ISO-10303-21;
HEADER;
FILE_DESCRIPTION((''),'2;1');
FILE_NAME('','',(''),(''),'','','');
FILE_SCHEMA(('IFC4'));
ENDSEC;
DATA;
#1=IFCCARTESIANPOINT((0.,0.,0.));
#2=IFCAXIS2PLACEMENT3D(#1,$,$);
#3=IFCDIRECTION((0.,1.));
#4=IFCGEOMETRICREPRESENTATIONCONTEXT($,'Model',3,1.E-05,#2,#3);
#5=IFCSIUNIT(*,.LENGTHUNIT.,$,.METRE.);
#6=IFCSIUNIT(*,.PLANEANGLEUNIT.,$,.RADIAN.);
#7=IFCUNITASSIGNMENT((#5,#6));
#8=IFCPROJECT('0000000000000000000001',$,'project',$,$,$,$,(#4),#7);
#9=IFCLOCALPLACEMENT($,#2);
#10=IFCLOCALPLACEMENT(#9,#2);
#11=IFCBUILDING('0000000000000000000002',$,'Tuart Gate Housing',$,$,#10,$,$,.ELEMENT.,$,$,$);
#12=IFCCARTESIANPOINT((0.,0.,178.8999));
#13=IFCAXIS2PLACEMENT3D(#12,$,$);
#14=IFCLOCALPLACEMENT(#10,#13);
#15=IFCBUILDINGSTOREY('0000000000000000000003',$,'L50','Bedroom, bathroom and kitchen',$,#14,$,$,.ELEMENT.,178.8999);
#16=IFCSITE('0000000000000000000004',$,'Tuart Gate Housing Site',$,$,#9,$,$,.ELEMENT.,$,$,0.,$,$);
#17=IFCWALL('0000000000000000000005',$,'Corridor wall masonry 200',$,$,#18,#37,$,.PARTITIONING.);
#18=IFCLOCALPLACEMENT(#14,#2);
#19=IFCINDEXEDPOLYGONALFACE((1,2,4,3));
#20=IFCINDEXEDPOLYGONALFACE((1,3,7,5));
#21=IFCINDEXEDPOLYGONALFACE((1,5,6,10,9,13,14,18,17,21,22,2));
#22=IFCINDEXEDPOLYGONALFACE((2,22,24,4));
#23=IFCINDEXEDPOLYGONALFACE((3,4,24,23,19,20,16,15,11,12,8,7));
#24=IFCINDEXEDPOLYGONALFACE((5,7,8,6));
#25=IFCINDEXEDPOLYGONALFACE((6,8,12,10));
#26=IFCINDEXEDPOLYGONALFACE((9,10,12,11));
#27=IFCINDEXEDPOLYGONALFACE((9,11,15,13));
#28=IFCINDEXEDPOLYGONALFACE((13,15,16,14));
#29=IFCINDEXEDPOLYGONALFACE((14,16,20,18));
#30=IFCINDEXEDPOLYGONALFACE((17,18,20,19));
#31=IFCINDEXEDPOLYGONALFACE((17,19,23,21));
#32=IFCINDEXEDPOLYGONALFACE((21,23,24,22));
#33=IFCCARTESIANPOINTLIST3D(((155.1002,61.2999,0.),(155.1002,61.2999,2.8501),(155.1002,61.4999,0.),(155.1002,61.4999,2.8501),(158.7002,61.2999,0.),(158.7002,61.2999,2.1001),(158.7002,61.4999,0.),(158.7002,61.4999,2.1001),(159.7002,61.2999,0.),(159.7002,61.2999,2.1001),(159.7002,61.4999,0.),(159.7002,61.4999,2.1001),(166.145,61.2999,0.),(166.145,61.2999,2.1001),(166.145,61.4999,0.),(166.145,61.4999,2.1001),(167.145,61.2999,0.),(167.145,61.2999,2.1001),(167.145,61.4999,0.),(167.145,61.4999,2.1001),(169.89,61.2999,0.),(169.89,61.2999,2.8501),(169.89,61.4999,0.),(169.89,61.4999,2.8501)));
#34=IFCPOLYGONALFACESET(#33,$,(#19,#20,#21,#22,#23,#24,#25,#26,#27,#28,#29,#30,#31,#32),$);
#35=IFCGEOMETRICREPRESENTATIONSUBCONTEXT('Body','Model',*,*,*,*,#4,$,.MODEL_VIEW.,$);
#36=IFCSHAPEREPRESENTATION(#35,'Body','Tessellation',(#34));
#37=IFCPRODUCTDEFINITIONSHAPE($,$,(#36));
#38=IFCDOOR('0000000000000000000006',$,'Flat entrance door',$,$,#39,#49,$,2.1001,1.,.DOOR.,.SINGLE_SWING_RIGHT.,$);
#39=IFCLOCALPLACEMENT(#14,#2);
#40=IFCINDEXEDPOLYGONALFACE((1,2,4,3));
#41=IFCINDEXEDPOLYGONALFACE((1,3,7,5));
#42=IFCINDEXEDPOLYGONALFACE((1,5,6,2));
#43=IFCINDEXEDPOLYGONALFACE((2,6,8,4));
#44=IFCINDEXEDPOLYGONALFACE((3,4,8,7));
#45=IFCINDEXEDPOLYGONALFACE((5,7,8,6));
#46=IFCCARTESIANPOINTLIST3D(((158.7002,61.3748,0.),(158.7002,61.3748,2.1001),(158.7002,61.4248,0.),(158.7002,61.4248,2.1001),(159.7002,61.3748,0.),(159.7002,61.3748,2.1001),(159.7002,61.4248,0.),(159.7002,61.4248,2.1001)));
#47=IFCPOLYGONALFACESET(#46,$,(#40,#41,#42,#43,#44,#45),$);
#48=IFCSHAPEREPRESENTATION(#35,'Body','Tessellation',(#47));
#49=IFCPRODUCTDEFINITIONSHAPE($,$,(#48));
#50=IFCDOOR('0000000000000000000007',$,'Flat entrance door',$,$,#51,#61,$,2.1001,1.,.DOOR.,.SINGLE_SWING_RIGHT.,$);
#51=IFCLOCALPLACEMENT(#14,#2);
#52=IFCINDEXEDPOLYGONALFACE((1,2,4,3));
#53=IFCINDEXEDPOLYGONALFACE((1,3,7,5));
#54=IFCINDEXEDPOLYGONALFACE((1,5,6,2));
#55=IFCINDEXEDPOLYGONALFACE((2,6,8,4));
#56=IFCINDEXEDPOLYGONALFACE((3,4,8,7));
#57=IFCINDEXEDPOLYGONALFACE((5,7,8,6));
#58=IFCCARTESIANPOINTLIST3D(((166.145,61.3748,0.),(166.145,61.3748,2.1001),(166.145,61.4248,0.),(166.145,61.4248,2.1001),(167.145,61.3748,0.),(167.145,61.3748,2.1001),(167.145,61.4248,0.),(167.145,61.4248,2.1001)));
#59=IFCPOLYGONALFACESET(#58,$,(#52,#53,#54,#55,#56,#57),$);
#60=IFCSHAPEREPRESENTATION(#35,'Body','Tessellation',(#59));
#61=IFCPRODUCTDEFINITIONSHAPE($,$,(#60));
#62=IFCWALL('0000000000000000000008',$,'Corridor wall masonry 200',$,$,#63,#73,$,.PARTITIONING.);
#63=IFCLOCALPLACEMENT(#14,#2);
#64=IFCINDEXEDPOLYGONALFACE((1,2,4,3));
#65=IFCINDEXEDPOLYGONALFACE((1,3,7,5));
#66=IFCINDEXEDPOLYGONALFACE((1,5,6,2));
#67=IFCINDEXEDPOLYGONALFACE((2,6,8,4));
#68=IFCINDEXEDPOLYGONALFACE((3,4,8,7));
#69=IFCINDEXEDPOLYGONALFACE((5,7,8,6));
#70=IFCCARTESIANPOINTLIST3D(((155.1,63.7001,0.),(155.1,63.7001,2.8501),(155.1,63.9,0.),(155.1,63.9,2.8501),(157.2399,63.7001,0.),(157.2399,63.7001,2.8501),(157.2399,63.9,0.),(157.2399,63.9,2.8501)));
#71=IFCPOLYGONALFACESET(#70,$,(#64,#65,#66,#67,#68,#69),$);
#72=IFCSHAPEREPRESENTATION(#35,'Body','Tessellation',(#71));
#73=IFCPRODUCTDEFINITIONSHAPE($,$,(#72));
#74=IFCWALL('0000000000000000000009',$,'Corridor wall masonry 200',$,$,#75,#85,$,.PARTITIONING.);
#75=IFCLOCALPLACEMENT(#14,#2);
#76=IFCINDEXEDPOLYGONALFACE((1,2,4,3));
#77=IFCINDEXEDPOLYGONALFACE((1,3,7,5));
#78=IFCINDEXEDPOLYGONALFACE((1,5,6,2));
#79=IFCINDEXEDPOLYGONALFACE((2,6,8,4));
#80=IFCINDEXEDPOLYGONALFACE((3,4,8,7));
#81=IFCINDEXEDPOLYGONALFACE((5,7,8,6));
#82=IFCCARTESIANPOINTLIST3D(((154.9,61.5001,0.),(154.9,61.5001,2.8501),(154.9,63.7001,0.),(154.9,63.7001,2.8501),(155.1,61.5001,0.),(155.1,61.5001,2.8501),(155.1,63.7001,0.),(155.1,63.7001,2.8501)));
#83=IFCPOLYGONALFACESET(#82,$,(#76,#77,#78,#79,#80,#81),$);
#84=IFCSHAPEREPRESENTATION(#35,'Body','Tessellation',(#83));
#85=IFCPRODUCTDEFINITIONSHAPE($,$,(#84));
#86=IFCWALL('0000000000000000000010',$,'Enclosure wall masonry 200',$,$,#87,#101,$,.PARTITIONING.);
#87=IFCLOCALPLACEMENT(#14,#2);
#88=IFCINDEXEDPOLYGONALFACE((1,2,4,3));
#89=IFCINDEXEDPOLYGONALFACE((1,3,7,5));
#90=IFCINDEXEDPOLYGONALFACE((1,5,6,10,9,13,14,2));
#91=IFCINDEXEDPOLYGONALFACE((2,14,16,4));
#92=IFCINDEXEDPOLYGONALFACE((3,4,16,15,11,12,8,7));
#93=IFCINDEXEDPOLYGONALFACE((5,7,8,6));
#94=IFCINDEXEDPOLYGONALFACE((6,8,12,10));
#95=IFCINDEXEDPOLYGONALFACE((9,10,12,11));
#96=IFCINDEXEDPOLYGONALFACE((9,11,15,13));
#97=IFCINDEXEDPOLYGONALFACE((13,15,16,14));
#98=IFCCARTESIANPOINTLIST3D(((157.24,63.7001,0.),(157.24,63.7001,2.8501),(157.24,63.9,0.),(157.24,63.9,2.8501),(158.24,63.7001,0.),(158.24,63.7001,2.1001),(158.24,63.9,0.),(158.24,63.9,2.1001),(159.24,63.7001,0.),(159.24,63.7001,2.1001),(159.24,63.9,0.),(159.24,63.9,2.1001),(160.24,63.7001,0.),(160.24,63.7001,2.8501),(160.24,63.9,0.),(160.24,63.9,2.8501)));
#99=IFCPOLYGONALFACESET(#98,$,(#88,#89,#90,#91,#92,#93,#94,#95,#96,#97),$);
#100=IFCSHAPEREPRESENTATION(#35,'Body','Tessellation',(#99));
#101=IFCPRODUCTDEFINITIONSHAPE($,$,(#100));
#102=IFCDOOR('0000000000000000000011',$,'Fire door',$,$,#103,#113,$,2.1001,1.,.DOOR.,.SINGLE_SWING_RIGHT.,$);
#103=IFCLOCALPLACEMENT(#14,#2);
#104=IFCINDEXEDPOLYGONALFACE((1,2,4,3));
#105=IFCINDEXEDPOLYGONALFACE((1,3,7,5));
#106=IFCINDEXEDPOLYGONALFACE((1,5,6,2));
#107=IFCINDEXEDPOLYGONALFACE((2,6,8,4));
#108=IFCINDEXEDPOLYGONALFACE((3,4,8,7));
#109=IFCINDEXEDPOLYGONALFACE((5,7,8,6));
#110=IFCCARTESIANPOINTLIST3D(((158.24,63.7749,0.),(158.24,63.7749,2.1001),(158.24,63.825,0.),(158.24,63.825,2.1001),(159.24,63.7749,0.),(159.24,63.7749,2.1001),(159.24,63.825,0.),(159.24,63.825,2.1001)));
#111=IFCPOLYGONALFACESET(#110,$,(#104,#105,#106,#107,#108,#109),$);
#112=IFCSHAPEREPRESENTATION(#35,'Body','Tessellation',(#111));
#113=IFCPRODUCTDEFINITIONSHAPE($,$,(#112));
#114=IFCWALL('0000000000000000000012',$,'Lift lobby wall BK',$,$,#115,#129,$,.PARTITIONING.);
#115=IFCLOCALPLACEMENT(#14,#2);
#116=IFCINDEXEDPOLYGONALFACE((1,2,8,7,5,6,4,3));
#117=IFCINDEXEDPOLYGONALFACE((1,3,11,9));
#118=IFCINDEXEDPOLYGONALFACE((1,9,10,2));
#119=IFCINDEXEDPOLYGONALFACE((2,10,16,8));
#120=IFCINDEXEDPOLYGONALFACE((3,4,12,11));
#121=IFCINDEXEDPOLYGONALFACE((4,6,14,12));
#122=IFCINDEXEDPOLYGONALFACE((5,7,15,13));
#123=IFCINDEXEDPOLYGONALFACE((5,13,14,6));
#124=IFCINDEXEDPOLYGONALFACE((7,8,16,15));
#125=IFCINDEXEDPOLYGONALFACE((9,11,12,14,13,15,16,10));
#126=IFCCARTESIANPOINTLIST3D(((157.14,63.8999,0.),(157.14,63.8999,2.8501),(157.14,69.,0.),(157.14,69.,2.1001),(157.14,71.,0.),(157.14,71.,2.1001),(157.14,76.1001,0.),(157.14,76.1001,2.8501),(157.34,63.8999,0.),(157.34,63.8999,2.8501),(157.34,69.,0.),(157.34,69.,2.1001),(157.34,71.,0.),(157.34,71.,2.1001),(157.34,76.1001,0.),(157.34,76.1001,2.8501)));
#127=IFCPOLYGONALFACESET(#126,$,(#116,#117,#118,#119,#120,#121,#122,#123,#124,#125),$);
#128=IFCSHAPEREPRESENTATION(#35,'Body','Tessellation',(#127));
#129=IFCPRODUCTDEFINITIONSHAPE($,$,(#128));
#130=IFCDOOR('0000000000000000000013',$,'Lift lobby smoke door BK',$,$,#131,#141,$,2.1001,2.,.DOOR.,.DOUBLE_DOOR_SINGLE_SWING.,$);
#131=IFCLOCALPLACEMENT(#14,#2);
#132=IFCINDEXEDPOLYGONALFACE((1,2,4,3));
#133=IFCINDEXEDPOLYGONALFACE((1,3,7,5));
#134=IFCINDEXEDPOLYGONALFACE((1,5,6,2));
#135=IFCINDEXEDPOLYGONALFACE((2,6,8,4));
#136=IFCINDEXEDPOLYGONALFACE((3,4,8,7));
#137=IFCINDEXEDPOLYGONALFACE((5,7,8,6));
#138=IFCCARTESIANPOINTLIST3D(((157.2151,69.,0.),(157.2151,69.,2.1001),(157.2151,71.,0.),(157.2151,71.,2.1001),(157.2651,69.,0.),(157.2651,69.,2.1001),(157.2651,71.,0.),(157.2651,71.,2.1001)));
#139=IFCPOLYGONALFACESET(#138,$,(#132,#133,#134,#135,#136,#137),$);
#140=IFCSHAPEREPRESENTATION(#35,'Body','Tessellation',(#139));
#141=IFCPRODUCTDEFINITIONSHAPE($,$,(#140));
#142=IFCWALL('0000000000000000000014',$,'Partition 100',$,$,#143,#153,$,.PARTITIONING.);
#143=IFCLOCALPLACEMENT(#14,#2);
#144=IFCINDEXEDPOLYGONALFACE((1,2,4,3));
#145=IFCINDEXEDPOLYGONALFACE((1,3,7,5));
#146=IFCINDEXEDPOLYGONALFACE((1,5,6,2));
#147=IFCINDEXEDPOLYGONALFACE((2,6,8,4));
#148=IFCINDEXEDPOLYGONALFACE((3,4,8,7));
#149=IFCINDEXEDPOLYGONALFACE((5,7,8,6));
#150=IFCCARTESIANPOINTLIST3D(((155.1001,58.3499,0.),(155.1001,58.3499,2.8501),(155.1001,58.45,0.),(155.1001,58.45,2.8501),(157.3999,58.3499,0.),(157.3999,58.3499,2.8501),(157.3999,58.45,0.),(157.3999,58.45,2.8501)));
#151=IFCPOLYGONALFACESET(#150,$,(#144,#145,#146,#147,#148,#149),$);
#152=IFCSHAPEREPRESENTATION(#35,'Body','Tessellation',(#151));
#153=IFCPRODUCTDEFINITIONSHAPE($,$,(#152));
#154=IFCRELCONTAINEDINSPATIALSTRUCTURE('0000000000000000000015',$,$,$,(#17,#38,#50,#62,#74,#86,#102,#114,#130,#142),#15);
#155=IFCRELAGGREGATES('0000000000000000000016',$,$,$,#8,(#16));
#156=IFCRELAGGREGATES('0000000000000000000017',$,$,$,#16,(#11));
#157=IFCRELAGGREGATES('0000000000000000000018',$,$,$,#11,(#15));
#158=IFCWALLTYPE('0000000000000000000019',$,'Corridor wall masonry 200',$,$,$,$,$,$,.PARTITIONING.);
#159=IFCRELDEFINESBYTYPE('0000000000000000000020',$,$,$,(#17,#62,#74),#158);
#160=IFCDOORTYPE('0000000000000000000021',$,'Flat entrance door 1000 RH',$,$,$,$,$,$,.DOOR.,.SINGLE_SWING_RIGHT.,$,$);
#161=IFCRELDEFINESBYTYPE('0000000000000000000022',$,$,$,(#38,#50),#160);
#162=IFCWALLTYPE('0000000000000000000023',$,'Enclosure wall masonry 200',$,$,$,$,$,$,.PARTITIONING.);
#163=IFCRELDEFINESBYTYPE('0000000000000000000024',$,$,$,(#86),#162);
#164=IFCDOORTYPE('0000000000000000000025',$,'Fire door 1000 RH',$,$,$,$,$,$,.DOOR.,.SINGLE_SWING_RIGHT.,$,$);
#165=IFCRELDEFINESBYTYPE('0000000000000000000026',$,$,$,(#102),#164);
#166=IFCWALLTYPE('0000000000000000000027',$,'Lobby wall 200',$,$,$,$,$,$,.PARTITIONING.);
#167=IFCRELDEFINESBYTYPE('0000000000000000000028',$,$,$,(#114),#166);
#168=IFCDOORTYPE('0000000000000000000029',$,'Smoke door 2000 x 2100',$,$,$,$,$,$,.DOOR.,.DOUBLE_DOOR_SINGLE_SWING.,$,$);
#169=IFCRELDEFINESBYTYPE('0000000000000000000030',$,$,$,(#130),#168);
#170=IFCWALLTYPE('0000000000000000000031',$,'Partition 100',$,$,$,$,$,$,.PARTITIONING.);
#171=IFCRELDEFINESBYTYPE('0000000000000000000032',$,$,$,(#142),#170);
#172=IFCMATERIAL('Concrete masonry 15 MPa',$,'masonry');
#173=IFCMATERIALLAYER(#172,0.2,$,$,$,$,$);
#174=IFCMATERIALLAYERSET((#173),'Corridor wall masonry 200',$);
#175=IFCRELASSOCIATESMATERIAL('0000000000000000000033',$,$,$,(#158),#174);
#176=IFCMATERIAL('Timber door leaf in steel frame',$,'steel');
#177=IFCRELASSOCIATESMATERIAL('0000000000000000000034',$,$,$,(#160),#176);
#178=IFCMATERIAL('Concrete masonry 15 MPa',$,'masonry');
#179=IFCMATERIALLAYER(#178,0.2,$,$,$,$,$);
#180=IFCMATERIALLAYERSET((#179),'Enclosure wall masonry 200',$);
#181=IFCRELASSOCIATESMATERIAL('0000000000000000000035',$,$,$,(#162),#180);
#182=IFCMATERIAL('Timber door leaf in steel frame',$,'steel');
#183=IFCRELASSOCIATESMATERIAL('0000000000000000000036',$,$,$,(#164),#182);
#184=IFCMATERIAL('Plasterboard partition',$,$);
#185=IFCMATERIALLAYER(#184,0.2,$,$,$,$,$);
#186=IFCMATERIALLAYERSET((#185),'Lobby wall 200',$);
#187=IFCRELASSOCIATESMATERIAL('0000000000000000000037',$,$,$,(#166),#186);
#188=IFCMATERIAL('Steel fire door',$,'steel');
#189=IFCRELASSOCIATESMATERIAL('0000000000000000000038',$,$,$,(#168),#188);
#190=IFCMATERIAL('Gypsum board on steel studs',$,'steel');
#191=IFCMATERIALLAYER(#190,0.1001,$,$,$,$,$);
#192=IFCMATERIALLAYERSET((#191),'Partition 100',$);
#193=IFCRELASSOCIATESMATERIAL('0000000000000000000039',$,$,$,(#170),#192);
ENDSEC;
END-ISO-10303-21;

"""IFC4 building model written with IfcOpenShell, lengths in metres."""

from ifc_helpers import new_model, si_unit, direction, frame, frame_2d, origin, place, context, subcontext, project, spatial, rectangle, extrude, material, layer, layer_set, type_object, element, fill, save


model = new_model("IFC4")

# Units and contexts
model_context = context("Model", 3, precision=1e-05, world=origin(), true_north=direction((0.0, 1.0)))
body_context = subcontext(model_context, "Body", "Model", "MODEL_VIEW")
ifc_project = project(units=[si_unit("LENGTHUNIT", "METRE"), si_unit("PLANEANGLEUNIT", "RADIAN")], contexts=[model_context])

# Site, building, storey
site_placement = place(None, origin())
site = spatial("IfcSite", under=ifc_project, at=site_placement, Name="Tuart Gate Housing Site", CompositionType="ELEMENT", RefElevation=0.0)
building_placement = place(site_placement, origin())
building = spatial("IfcBuilding", under=site, at=building_placement, Name="Tuart Gate Housing", CompositionType="ELEMENT")
storey_placement = place(building_placement, frame((0.0, 0.0, 178.8999)))
storey = spatial("IfcBuildingStorey", under=building, at=storey_placement, Name="L50", Description="Bedroom, bathroom and kitchen", CompositionType="ELEMENT", Elevation=178.8999)

# Wall, openings, doors
ifc_material_1 = material(Name="Concrete masonry 15 MPa", Category="masonry")
ifc_layer_1 = layer(ifc_material_1, 0.2)
ifc_layer_set_1 = layer_set([ifc_layer_1], Name="Corridor wall masonry 200")
wall_type_1 = type_object("IfcWallType", Name="Corridor wall masonry 200", PredefinedType="PARTITIONING", material=ifc_layer_set_1)
wall_1_placement = place(storey_placement, frame((155.1001, 61.3999, 0.0), z_axis=(0.0, 0.0, 1.0), x_axis=(1.0, 0.0, 0.0)))
wall_1 = element("IfcWall", 1, at=wall_1_placement, inside=storey, type_object=wall_type_1, Name="Corridor wall masonry 200", PredefinedType="PARTITIONING", context=body_context, shape_type="SweptSolid", body=[
    extrude(rectangle(XDim=14.7898, YDim=0.2, at=frame_2d((7.395, 0.0))), origin(), (0.0, 0.0, 1.0), 2.8501),
])
opening_1_placement = place(wall_1_placement, frame((3.6001, 0.0, 0.0)))
opening_1 = element("IfcOpeningElement", 2, at=opening_1_placement, cuts=wall_1, PredefinedType="OPENING", context=body_context, shape_type="SweptSolid", body=[
    extrude(rectangle(XDim=1.0, YDim=2.1001, at=frame_2d((0.5, 1.05))), frame((0.0, 0.1099, 0.0), z_axis=(0.0, -1.0, 0.0), x_axis=(1.0, 0.0, 0.0)), (0.0, 0.0, 1.0), 0.22),
])
opening_2_placement = place(wall_1_placement, frame((11.0449, 0.0, 0.0)))
opening_2 = element("IfcOpeningElement", 3, at=opening_2_placement, cuts=wall_1, PredefinedType="OPENING", context=body_context, shape_type="SweptSolid", body=[
    extrude(rectangle(XDim=1.0, YDim=2.1001, at=frame_2d((0.5, 1.05))), frame((0.0, 0.1099, 0.0), z_axis=(0.0, -1.0, 0.0), x_axis=(1.0, 0.0, 0.0)), (0.0, 0.0, 1.0), 0.22),
])
ifc_material_2 = material(Name="Timber door leaf in steel frame", Category="steel")
door_type_1 = type_object("IfcDoorType", Name="Flat entrance door 1000 RH", OperationType="SINGLE_SWING_RIGHT", PredefinedType="DOOR", material=ifc_material_2)
door_1_placement = place(opening_1_placement, frame((1.0, 0.0, 0.0), z_axis=(0.0, 0.0, 1.0), x_axis=(-1.0, 0.0, 0.0)))
door_1 = element("IfcDoor", 4, at=door_1_placement, inside=storey, type_object=door_type_1, Name="Flat entrance door", OperationType="SINGLE_SWING_RIGHT", OverallHeight=2.1001, OverallWidth=1.0, PredefinedType="DOOR", context=body_context, shape_type="SweptSolid", body=[
    extrude(rectangle(XDim=1.0, YDim=2.1001, at=frame_2d((0.5, 1.05))), frame((0.0, 0.0251, 0.0), z_axis=(0.0, -1.0, 0.0), x_axis=(1.0, 0.0, 0.0)), (0.0, 0.0, 1.0), 0.05),
])
fill(opening_1, door_1)
door_2_placement = place(opening_2_placement, frame((1.0, 0.0, 0.0), z_axis=(0.0, 0.0, 1.0), x_axis=(-1.0, 0.0, 0.0)))
door_2 = element("IfcDoor", 5, at=door_2_placement, inside=storey, type_object=door_type_1, Name="Flat entrance door", OperationType="SINGLE_SWING_RIGHT", OverallHeight=2.1001, OverallWidth=1.0, PredefinedType="DOOR", context=body_context, shape_type="SweptSolid", body=[
    extrude(rectangle(XDim=1.0, YDim=2.1001, at=frame_2d((0.5, 1.05))), frame((0.0, 0.0251, 0.0), z_axis=(0.0, -1.0, 0.0), x_axis=(1.0, 0.0, 0.0)), (0.0, 0.0, 1.0), 0.05),
])
fill(opening_2, door_2)

# Walls
wall_2_placement = place(storey_placement, frame((155.1001, 63.8, 0.0), z_axis=(0.0, 0.0, 1.0), x_axis=(1.0, 0.0, 0.0)))
element("IfcWall", 6, at=wall_2_placement, inside=storey, type_object=wall_type_1, Name="Corridor wall masonry 200", PredefinedType="PARTITIONING", context=body_context, shape_type="SweptSolid", body=[
    extrude(rectangle(XDim=2.1399, YDim=0.2, at=frame_2d((1.0698, 0.0))), origin(), (0.0, 0.0, 1.0), 2.8501),
])
wall_3_placement = place(storey_placement, frame((155.0, 61.5, 0.0), z_axis=(0.0, 0.0, 1.0), x_axis=(0.0, 1.0, 0.0)))
element("IfcWall", 7, at=wall_3_placement, inside=storey, type_object=wall_type_1, Name="Corridor wall masonry 200", PredefinedType="PARTITIONING", context=body_context, shape_type="SweptSolid", body=[
    extrude(rectangle(XDim=2.2, YDim=0.2, at=frame_2d((1.1001, 0.0))), origin(), (0.0, 0.0, 1.0), 2.8501),
])

# Walls, openings, doors
ifc_material_3 = material(Name="Concrete masonry 15 MPa", Category="masonry")
ifc_layer_2 = layer(ifc_material_3, 0.2)
ifc_layer_set_2 = layer_set([ifc_layer_2], Name="Enclosure wall masonry 200")
wall_type_2 = type_object("IfcWallType", Name="Enclosure wall masonry 200", PredefinedType="PARTITIONING", material=ifc_layer_set_2)
wall_4_placement = place(storey_placement, frame((157.24, 63.8, 0.0), z_axis=(0.0, 0.0, 1.0), x_axis=(1.0, 0.0, 0.0)))
wall_4 = element("IfcWall", 8, at=wall_4_placement, inside=storey, type_object=wall_type_2, Name="Enclosure wall masonry 200", PredefinedType="PARTITIONING", context=body_context, shape_type="SweptSolid", body=[
    extrude(rectangle(XDim=3.0, YDim=0.2, at=frame_2d((1.5, 0.0))), origin(), (0.0, 0.0, 1.0), 2.8501),
])
opening_3_placement = place(wall_4_placement, frame((1.0, 0.0, 0.0)))
opening_3 = element("IfcOpeningElement", 9, at=opening_3_placement, cuts=wall_4, PredefinedType="OPENING", context=body_context, shape_type="SweptSolid", body=[
    extrude(rectangle(XDim=1.0, YDim=2.1001, at=frame_2d((0.5, 1.05))), frame((0.0, 0.1099, 0.0), z_axis=(0.0, -1.0, 0.0), x_axis=(1.0, 0.0, 0.0)), (0.0, 0.0, 1.0), 0.22),
])
ifc_material_4 = material(Name="Timber door leaf in steel frame", Category="steel")
door_type_2 = type_object("IfcDoorType", Name="Fire door 1000 RH", OperationType="SINGLE_SWING_RIGHT", PredefinedType="DOOR", material=ifc_material_4)
door_3_placement = place(opening_3_placement, frame((1.0, 0.0, 0.0), z_axis=(0.0, 0.0, 1.0), x_axis=(-1.0, 0.0, 0.0)))
door_3 = element("IfcDoor", 10, at=door_3_placement, inside=storey, type_object=door_type_2, Name="Fire door", OperationType="SINGLE_SWING_RIGHT", OverallHeight=2.1001, OverallWidth=1.0, PredefinedType="DOOR", context=body_context, shape_type="SweptSolid", body=[
    extrude(rectangle(XDim=1.0, YDim=2.1001, at=frame_2d((0.5, 1.05))), frame((0.0, 0.0251, 0.0), z_axis=(0.0, -1.0, 0.0), x_axis=(1.0, 0.0, 0.0)), (0.0, 0.0, 1.0), 0.05),
])
fill(opening_3, door_3)
ifc_material_5 = material(Name="Plasterboard partition")
ifc_layer_3 = layer(ifc_material_5, 0.2)
ifc_layer_set_3 = layer_set([ifc_layer_3], Name="Lobby wall 200")
wall_type_3 = type_object("IfcWallType", Name="Lobby wall 200", PredefinedType="PARTITIONING", material=ifc_layer_set_3)
wall_5_placement = place(storey_placement, frame((157.24, 63.8999, 0.0), z_axis=(0.0, 0.0, 1.0), x_axis=(0.0, 1.0, 0.0)))
wall_5 = element("IfcWall", 11, at=wall_5_placement, inside=storey, type_object=wall_type_3, Name="Lift lobby wall BK", PredefinedType="PARTITIONING", context=body_context, shape_type="SweptSolid", body=[
    extrude(rectangle(XDim=12.2002, YDim=0.2, at=frame_2d((6.1001, 0.0))), origin(), (0.0, 0.0, 1.0), 2.8501),
])
opening_4_placement = place(wall_5_placement, frame((5.1001, 0.0, 0.0)))
opening_4 = element("IfcOpeningElement", 12, at=opening_4_placement, cuts=wall_5, PredefinedType="OPENING", context=body_context, shape_type="SweptSolid", body=[
    extrude(rectangle(XDim=2.0, YDim=2.1001, at=frame_2d((1.0, 1.05))), frame((0.0, 0.1099, 0.0), z_axis=(0.0, -1.0, 0.0), x_axis=(1.0, 0.0, 0.0)), (0.0, 0.0, 1.0), 0.22),
])
ifc_material_6 = material(Name="Steel fire door", Category="steel")
door_type_3 = type_object("IfcDoorType", Name="Smoke door 2000 x 2100", OperationType="DOUBLE_DOOR_SINGLE_SWING", PredefinedType="DOOR", material=ifc_material_6)
door_4_placement = place(opening_4_placement, frame((2.0, 0.0, 0.0), z_axis=(0.0, 0.0, 1.0), x_axis=(-1.0, 0.0, 0.0)))
door_4 = element("IfcDoor", 13, at=door_4_placement, inside=storey, type_object=door_type_3, Name="Lift lobby smoke door BK", OperationType="DOUBLE_DOOR_SINGLE_SWING", OverallHeight=2.1001, OverallWidth=2.0, PredefinedType="DOOR", context=body_context, shape_type="SweptSolid", body=[
    extrude(rectangle(XDim=2.0, YDim=2.1001, at=frame_2d((1.0, 1.05))), frame((0.0, 0.0251, 0.0), z_axis=(0.0, -1.0, 0.0), x_axis=(1.0, 0.0, 0.0)), (0.0, 0.0, 1.0), 0.05),
])
fill(opening_4, door_4)

# Wall
ifc_material_7 = material(Name="Gypsum board on steel studs", Category="steel")
ifc_layer_4 = layer(ifc_material_7, 0.1001)
ifc_layer_set_4 = layer_set([ifc_layer_4], Name="Partition 100")
wall_type_4 = type_object("IfcWallType", Name="Partition 100", PredefinedType="PARTITIONING", material=ifc_layer_set_4)
wall_6_placement = place(storey_placement, frame((155.1001, 58.3999, 0.0), z_axis=(0.0, 0.0, 1.0), x_axis=(1.0, 0.0, 0.0)))
element("IfcWall", 14, at=wall_6_placement, inside=storey, type_object=wall_type_4, Name="Partition 100", PredefinedType="PARTITIONING", context=body_context, shape_type="SweptSolid", body=[
    extrude(rectangle(XDim=2.2998, YDim=0.1001, at=frame_2d((1.1499, 0.0))), origin(), (0.0, 0.0, 1.0), 2.8501),
])

save(model, "model.ifc")
